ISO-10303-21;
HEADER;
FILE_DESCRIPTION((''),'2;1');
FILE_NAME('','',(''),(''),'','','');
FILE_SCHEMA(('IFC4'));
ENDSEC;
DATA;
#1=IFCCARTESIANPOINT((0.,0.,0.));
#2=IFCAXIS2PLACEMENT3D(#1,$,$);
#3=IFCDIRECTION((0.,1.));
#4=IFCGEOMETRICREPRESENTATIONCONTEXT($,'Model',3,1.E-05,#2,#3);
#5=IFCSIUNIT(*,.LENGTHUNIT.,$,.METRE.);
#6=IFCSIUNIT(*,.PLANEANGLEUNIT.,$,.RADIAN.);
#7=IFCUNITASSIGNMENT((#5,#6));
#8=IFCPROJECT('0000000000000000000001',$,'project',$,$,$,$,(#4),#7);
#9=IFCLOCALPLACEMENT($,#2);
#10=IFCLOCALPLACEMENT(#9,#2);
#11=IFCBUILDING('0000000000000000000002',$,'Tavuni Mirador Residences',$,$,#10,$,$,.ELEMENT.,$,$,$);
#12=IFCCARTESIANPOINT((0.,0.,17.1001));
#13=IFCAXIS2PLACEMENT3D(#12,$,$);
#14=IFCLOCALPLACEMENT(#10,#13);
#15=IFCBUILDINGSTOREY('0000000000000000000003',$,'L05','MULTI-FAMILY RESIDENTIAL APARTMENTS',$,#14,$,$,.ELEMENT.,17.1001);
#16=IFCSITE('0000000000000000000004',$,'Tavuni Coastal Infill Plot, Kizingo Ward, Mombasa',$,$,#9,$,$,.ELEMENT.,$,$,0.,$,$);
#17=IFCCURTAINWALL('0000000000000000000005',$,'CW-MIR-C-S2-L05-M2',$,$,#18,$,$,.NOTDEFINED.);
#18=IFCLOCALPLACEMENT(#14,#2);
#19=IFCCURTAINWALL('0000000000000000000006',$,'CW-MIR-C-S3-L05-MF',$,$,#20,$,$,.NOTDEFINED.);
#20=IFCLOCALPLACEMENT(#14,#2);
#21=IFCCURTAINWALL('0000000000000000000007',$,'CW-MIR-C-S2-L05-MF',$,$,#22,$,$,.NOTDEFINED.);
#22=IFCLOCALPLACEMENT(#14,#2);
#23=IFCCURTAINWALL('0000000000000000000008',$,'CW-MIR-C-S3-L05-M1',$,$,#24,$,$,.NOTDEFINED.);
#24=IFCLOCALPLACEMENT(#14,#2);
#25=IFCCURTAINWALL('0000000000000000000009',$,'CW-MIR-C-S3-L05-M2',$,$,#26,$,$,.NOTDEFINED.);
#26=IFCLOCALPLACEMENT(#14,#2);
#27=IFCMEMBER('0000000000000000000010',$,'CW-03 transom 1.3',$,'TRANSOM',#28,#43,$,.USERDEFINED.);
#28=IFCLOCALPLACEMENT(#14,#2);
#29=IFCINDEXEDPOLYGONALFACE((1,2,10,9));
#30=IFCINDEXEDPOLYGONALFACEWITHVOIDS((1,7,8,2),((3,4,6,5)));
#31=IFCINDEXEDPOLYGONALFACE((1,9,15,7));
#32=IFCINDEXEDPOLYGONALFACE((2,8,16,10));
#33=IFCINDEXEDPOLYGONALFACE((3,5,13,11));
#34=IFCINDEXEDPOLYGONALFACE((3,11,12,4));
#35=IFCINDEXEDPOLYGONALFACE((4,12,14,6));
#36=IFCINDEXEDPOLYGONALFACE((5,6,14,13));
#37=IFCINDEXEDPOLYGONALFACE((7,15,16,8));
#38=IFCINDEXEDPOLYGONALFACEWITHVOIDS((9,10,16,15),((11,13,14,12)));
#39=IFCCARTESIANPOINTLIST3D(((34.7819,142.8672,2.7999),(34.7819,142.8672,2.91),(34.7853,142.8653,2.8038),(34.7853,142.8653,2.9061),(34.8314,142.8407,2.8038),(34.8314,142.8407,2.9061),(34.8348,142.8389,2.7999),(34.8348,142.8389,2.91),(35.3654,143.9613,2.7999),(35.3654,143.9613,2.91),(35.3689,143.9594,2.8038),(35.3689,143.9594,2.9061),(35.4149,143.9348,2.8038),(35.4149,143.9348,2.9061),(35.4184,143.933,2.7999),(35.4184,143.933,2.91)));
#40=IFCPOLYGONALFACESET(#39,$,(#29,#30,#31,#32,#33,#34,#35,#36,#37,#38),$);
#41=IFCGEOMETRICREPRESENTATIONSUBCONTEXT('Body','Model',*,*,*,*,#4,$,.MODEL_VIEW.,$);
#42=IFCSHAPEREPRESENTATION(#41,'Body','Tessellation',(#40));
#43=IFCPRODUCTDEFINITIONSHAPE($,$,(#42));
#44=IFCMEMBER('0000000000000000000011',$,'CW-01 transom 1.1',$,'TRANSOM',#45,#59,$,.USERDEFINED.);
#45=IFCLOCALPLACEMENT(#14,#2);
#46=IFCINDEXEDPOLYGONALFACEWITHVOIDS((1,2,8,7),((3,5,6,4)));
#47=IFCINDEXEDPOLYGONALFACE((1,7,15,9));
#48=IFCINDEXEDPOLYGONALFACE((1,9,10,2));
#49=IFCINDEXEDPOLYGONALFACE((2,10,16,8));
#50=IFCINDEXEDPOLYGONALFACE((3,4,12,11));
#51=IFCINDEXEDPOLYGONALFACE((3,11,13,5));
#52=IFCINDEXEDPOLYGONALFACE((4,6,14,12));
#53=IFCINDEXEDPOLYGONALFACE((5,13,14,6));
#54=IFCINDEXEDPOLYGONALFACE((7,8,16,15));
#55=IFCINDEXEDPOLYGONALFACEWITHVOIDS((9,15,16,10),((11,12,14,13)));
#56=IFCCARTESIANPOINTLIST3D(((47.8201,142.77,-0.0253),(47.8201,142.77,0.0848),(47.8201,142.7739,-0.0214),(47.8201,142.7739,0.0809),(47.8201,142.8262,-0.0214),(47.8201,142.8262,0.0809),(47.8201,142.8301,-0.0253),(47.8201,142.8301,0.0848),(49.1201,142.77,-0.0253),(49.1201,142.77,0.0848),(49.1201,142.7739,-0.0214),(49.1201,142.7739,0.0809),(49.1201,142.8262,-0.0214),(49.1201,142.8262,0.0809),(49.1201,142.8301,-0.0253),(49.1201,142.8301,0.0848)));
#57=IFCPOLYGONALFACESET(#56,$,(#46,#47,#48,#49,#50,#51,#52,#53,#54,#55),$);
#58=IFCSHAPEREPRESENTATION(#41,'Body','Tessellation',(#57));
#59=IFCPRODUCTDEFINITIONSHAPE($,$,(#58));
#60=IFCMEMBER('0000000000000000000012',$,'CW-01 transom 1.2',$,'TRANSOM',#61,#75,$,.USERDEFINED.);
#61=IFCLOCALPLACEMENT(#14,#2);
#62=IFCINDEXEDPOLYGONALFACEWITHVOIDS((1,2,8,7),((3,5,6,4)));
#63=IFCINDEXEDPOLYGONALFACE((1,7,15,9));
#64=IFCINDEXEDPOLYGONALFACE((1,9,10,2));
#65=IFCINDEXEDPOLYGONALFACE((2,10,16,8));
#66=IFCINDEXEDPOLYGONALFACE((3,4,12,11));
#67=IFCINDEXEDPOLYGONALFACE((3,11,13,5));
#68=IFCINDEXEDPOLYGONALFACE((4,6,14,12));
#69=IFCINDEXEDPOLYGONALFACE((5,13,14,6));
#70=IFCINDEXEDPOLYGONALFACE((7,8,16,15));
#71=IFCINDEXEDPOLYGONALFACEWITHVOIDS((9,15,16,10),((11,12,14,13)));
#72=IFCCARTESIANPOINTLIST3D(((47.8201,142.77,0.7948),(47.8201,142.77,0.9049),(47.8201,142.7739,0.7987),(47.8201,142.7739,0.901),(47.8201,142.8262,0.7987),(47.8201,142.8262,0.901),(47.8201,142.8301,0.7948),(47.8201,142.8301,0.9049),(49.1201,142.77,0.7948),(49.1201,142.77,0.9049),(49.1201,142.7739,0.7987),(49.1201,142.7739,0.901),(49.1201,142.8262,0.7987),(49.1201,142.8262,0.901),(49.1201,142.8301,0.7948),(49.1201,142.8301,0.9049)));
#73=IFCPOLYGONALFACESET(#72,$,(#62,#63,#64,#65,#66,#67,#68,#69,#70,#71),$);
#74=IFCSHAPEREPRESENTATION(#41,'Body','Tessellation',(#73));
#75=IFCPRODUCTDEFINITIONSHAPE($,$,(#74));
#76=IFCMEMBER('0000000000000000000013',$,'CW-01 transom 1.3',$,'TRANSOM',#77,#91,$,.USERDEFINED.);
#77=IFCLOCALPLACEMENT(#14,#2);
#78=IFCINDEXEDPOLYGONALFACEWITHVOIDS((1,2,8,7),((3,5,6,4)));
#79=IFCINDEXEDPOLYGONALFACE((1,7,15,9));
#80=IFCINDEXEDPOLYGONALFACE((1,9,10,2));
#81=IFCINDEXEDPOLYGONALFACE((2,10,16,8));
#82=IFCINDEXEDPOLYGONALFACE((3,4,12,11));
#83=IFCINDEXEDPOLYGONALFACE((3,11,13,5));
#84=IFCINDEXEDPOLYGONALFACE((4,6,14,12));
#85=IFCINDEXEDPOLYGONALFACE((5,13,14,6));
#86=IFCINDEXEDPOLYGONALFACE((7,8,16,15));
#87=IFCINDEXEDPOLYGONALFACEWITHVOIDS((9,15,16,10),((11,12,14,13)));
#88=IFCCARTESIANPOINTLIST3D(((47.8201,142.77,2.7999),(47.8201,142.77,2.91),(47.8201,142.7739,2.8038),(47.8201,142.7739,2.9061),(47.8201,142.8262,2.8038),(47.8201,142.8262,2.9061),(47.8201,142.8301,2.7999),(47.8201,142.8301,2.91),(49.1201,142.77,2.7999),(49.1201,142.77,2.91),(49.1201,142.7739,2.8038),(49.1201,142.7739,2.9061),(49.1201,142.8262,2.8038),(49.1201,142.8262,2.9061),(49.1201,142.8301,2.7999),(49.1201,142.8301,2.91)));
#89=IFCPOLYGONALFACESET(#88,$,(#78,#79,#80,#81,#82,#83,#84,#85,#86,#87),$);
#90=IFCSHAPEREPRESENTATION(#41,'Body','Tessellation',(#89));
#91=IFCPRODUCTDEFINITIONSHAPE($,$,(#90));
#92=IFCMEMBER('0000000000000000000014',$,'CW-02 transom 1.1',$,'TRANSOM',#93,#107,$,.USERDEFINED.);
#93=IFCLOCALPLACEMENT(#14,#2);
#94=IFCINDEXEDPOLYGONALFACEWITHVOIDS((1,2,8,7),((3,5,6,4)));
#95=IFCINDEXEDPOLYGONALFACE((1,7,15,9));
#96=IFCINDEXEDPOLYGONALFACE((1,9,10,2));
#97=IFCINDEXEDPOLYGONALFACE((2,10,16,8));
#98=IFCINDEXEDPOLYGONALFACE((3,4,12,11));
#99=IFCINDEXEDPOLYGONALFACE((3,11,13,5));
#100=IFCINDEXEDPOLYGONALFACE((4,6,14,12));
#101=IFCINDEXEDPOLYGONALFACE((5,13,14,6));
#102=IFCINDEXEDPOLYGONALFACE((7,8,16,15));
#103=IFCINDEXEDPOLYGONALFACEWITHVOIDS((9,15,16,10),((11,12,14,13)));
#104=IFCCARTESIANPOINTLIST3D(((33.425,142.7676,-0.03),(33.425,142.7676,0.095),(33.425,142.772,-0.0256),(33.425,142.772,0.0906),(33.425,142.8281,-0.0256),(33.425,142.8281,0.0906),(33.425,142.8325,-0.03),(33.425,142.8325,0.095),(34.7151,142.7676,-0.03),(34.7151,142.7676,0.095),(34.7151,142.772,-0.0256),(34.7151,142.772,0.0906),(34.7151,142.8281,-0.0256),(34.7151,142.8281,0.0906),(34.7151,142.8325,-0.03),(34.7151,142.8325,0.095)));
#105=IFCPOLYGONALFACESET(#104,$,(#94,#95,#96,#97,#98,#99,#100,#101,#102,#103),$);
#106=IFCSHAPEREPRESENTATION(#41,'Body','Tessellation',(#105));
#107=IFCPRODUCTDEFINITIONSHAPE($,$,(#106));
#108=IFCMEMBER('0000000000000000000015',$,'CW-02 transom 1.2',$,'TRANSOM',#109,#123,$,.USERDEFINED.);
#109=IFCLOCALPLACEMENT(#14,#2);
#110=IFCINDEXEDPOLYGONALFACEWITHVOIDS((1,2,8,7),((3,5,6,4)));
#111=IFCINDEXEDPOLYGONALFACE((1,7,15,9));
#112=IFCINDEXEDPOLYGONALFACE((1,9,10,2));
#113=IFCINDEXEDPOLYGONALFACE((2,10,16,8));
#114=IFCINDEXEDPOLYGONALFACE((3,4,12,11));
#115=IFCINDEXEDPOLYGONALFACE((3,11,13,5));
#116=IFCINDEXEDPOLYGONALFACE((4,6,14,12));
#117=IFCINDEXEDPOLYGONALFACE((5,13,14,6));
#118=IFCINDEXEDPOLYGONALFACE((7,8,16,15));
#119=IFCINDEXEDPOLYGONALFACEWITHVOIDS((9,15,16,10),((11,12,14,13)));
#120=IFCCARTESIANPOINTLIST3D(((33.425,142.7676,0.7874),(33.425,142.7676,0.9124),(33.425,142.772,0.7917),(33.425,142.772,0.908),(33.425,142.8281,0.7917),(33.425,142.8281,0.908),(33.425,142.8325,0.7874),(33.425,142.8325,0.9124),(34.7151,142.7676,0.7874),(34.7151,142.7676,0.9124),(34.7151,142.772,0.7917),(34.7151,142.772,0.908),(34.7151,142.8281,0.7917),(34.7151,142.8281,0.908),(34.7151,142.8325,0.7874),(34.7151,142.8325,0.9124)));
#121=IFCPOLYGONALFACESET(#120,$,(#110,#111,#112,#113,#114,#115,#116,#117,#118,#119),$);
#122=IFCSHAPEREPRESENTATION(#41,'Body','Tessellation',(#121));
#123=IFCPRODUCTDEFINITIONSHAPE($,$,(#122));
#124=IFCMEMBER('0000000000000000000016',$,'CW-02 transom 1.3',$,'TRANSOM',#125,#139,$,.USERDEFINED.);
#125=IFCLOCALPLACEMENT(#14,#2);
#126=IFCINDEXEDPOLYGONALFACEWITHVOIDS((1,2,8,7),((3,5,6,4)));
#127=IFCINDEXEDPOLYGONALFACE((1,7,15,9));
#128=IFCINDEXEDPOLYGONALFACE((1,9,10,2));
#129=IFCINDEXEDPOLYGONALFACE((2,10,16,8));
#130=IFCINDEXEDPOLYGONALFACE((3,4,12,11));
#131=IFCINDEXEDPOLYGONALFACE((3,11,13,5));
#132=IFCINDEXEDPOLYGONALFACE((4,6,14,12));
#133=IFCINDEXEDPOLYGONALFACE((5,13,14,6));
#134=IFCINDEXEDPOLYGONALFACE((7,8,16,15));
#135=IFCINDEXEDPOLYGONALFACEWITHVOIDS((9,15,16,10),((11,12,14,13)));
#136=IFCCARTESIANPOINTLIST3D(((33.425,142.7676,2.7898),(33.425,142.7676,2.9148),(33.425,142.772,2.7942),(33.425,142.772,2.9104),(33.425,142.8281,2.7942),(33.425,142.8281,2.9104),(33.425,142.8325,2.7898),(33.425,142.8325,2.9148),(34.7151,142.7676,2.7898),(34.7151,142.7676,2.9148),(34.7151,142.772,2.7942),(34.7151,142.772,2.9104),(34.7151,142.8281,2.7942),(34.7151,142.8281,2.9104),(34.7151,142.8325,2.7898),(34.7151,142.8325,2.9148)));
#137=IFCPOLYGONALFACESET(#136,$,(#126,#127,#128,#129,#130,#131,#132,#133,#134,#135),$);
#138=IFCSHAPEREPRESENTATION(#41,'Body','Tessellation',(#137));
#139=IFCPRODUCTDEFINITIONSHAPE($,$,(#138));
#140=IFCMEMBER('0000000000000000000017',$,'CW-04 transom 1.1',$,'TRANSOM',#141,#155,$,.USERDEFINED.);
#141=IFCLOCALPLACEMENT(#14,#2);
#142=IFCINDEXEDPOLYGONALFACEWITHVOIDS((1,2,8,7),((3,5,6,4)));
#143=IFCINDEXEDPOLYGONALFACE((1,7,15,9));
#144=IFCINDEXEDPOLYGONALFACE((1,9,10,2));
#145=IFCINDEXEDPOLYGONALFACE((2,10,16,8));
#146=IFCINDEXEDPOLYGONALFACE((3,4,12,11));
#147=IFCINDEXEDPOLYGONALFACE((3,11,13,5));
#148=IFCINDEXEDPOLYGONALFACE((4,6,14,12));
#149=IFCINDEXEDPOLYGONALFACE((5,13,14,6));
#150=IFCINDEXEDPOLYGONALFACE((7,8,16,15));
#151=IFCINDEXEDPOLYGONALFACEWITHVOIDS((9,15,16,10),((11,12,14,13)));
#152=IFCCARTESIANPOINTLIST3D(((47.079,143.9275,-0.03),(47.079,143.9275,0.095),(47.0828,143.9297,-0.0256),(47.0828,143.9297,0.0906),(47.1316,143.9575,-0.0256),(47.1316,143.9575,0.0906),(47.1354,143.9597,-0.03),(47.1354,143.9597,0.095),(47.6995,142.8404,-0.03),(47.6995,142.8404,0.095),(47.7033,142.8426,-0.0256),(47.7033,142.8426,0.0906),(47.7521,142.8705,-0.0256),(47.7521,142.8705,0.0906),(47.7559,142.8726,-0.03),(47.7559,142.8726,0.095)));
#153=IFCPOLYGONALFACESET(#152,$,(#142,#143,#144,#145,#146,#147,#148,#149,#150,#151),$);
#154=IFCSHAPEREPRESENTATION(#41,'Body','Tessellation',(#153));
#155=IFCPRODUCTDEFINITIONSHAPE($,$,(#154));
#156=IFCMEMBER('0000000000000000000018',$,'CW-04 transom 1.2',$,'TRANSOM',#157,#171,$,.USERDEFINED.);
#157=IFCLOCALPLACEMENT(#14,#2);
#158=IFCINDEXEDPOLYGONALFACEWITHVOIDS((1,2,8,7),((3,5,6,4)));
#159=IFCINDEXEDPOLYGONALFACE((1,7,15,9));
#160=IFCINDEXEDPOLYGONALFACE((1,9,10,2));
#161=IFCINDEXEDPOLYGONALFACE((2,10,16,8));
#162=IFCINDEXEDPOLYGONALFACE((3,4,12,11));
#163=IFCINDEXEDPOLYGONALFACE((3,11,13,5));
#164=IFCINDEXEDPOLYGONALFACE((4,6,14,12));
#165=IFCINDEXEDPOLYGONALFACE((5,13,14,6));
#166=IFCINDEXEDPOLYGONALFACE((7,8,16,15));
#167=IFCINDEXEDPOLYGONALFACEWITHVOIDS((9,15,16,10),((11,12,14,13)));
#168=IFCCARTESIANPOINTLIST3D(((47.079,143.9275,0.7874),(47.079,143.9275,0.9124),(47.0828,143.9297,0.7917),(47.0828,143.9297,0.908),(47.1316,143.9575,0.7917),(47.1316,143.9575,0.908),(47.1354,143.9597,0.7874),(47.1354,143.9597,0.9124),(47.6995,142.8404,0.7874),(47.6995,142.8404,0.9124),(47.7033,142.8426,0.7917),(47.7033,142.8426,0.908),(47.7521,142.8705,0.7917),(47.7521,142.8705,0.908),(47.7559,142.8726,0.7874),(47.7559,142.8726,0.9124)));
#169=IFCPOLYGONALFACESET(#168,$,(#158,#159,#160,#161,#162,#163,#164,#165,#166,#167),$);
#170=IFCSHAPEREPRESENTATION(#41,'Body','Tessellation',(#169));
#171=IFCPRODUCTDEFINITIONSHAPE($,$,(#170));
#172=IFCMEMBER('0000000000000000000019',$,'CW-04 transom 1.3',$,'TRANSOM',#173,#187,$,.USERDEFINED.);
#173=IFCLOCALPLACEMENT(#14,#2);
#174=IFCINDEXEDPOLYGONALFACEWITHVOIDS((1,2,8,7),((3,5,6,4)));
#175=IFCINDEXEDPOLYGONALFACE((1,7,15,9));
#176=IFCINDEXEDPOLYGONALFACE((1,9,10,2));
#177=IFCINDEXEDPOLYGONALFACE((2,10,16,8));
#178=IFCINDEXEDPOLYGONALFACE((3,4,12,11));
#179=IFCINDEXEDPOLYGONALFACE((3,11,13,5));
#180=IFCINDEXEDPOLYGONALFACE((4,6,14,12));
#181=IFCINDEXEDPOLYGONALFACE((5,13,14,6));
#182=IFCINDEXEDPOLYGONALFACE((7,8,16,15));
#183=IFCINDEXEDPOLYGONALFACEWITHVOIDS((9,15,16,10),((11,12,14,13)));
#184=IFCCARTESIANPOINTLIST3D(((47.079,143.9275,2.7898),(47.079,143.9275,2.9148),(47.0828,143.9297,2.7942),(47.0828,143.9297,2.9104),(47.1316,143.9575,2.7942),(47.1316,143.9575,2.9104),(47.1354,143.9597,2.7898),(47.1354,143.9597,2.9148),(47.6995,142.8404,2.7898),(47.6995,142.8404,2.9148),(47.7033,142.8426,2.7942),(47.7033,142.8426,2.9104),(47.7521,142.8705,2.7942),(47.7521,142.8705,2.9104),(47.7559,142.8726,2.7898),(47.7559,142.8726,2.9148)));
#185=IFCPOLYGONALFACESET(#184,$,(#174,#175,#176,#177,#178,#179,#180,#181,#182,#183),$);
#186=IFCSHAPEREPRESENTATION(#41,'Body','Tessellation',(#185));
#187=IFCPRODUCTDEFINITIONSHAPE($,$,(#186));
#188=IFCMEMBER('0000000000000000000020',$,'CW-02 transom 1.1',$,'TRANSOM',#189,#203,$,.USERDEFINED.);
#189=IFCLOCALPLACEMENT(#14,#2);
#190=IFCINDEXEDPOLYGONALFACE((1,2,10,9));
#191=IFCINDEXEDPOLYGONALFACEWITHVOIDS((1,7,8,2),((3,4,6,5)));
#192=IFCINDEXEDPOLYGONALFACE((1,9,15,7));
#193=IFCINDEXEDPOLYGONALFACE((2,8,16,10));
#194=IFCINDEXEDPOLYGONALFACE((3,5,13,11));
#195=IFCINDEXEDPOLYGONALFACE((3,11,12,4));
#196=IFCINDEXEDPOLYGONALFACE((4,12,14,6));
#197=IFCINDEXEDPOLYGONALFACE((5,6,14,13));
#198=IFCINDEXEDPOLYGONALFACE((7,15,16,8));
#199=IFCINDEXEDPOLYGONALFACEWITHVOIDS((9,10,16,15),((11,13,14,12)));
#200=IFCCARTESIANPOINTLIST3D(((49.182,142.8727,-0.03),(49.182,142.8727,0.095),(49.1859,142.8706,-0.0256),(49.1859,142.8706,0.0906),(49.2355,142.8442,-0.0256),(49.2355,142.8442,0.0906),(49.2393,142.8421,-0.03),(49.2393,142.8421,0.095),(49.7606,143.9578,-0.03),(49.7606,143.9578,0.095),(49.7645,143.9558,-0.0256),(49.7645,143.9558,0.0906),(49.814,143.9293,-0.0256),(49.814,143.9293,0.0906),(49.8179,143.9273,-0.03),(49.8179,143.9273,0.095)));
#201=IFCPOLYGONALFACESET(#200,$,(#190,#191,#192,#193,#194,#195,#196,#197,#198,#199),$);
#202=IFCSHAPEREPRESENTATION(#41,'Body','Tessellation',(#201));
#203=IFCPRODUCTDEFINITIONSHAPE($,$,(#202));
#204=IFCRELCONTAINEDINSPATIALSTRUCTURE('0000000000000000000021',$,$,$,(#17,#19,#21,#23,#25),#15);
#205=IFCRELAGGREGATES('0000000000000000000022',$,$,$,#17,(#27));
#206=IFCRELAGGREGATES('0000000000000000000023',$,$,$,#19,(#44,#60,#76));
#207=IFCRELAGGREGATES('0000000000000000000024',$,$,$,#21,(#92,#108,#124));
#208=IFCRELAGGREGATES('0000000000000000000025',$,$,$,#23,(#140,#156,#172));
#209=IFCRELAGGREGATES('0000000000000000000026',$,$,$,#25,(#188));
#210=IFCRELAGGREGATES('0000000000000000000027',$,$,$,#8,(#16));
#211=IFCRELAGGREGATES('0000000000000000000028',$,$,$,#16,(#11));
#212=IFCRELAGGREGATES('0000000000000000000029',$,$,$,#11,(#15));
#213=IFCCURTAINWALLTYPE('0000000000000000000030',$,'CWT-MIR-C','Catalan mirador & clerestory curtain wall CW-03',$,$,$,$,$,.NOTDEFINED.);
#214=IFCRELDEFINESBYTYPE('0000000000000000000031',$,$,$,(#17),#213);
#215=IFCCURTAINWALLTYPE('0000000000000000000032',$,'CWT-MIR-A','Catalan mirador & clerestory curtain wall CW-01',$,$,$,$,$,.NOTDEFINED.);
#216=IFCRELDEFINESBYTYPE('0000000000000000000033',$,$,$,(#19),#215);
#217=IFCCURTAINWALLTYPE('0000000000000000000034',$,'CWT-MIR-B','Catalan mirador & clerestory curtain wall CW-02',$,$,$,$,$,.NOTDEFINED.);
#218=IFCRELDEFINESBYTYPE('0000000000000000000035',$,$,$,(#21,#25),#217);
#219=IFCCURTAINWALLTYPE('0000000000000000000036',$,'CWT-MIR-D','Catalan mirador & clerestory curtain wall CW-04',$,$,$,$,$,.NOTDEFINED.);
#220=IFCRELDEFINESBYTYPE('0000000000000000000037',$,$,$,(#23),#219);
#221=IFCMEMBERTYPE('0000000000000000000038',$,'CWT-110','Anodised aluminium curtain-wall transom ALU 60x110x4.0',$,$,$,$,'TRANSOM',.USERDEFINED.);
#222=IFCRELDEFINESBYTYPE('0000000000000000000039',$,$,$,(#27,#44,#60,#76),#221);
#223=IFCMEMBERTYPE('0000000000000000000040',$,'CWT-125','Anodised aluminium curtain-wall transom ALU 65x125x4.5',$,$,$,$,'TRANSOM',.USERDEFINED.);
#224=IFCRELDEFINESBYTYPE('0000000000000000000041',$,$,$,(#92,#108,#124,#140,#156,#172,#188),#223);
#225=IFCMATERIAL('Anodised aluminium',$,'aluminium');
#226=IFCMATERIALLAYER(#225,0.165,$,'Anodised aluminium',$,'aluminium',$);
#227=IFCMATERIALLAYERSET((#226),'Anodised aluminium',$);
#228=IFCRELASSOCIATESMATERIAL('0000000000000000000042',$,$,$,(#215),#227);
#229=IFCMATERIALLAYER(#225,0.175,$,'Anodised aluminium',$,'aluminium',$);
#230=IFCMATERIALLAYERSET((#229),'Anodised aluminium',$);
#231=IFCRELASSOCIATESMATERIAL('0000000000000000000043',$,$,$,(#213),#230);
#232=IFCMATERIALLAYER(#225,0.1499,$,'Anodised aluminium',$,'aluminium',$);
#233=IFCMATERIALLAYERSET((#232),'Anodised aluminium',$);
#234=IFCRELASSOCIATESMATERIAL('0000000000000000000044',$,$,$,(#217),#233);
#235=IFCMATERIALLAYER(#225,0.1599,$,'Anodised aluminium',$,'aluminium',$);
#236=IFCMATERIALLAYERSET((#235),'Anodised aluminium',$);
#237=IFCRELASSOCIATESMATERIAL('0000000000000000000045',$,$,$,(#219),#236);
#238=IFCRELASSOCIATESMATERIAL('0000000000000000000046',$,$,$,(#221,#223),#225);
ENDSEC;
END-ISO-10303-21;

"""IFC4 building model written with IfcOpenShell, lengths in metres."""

from ifc_helpers import new_model, si_unit, direction, frame, origin, origin_2d, place, context, subcontext, project, spatial, hollow_rectangle, extrude, material, layer, layer_set, material_profile, profile_set, type_object, element, aggregate, save


model = new_model("IFC4")

# Units and contexts
model_context = context("Model", 3, precision=1e-05, world=origin(), true_north=direction((0.0, 1.0)))
body_context = subcontext(model_context, "Body", "Model", "MODEL_VIEW")
ifc_project = project(units=[si_unit("LENGTHUNIT", "METRE"), si_unit("PLANEANGLEUNIT", "RADIAN")], contexts=[model_context])

# Site, building, storey
site_placement = place(None, origin())
site = spatial("IfcSite", under=ifc_project, at=site_placement, Name="Tavuni Coastal Infill Plot, Kizingo Ward, Mombasa", CompositionType="ELEMENT", RefElevation=0.0)
building_placement = place(site_placement, origin())
building = spatial("IfcBuilding", under=site, at=building_placement, Name="Tavuni Mirador Residences", CompositionType="ELEMENT")
storey_placement = place(building_placement, frame((0.0, 0.0, 17.1001)))
storey = spatial("IfcBuildingStorey", under=building, at=storey_placement, Name="L05", Description="MULTI-FAMILY RESIDENTIAL APARTMENTS", CompositionType="ELEMENT", Elevation=17.1001)

# Curtain wall
ifc_material_1 = material(Name="Anodised aluminium", Category="aluminium")
ifc_layer_1 = layer(ifc_material_1, 0.165, Name="Anodised aluminium", Category="aluminium")
ifc_layer_set_1 = layer_set([ifc_layer_1], Name="Anodised aluminium")
curtain_wall_type_1 = type_object("IfcCurtainWallType", Name="CWT-MIR-A", Description="Catalan mirador & clerestory curtain wall CW-01", PredefinedType="NOTDEFINED", material=ifc_layer_set_1)
ifc_layer_2 = layer(ifc_material_1, 0.175, Name="Anodised aluminium", Category="aluminium")
ifc_layer_set_2 = layer_set([ifc_layer_2], Name="Anodised aluminium")
curtain_wall_type_2 = type_object("IfcCurtainWallType", Name="CWT-MIR-C", Description="Catalan mirador & clerestory curtain wall CW-03", PredefinedType="NOTDEFINED", material=ifc_layer_set_2)
curtain_wall_1_placement = place(storey_placement, origin())
curtain_wall_1 = element("IfcCurtainWall", 1, at=curtain_wall_1_placement, inside=storey, type_object=curtain_wall_type_2, Name="CW-MIR-C-S2-L05-M2", PredefinedType="NOTDEFINED")

# Curtain walls
curtain_wall_2_placement = place(storey_placement, origin())
curtain_wall_2 = element("IfcCurtainWall", 2, at=curtain_wall_2_placement, inside=storey, type_object=curtain_wall_type_1, Name="CW-MIR-C-S3-L05-MF", PredefinedType="NOTDEFINED")
ifc_layer_3 = layer(ifc_material_1, 0.1499, Name="Anodised aluminium", Category="aluminium")
ifc_layer_set_3 = layer_set([ifc_layer_3], Name="Anodised aluminium")
curtain_wall_type_3 = type_object("IfcCurtainWallType", Name="CWT-MIR-B", Description="Catalan mirador & clerestory curtain wall CW-02", PredefinedType="NOTDEFINED", material=ifc_layer_set_3)
curtain_wall_3_placement = place(storey_placement, origin())
curtain_wall_3 = element("IfcCurtainWall", 3, at=curtain_wall_3_placement, inside=storey, type_object=curtain_wall_type_3, Name="CW-MIR-C-S2-L05-MF", PredefinedType="NOTDEFINED")

# Curtain wall
ifc_layer_4 = layer(ifc_material_1, 0.1599, Name="Anodised aluminium", Category="aluminium")
ifc_layer_set_4 = layer_set([ifc_layer_4], Name="Anodised aluminium")
curtain_wall_type_4 = type_object("IfcCurtainWallType", Name="CWT-MIR-D", Description="Catalan mirador & clerestory curtain wall CW-04", PredefinedType="NOTDEFINED", material=ifc_layer_set_4)
curtain_wall_4_placement = place(storey_placement, origin())
curtain_wall_4 = element("IfcCurtainWall", 4, at=curtain_wall_4_placement, inside=storey, type_object=curtain_wall_type_4, Name="CW-MIR-C-S3-L05-M1", PredefinedType="NOTDEFINED")

# Curtain wall
curtain_wall_5_placement = place(storey_placement, origin())
curtain_wall_5 = element("IfcCurtainWall", 5, at=curtain_wall_5_placement, inside=storey, type_object=curtain_wall_type_3, Name="CW-MIR-C-S3-L05-M2", PredefinedType="NOTDEFINED")

# Members
ifc_material_profile_1 = material_profile(ifc_material_1, hollow_rectangle(XDim=0.0601, YDim=0.1101, WallThickness=0.0039, at=origin_2d()), Name="ALU 60x110x4.0", Category="aluminium")
ifc_profile_set_1 = profile_set([ifc_material_profile_1], Name="Anodised aluminium")
member_type_1 = type_object("IfcMemberType", Name="CWT-110", Description="Anodised aluminium curtain-wall transom ALU 60x110x4.0", ElementType="TRANSOM", PredefinedType="USERDEFINED", material=ifc_profile_set_1)
member_1_placement = place(storey_placement, frame((34.8083, 142.853, 2.855), z_axis=(0.470609, 0.882342, 0.0), x_axis=(-0.882342, 0.470609, 0.0)))
member_1 = element("IfcMember", 6, at=member_1_placement, type_object=member_type_1, Name="CW-03 transom 1.3", ObjectType="TRANSOM", PredefinedType="USERDEFINED", context=body_context, shape_type="SweptSolid", body=[
    extrude(hollow_rectangle(XDim=0.0601, YDim=0.1101, WallThickness=0.0039, at=origin_2d()), origin(), (0.0, 0.0, 1.0), 1.24),
])
member_2_placement = place(storey_placement, frame((47.8201, 142.8, 0.0298), z_axis=(1.0, 0.0, 0.0), x_axis=(0.0, 1.0, 0.0)))
member_2 = element("IfcMember", 7, at=member_2_placement, type_object=member_type_1, Name="CW-01 transom 1.1", ObjectType="TRANSOM", PredefinedType="USERDEFINED", context=body_context, shape_type="SweptSolid", body=[
    extrude(hollow_rectangle(XDim=0.0601, YDim=0.1101, WallThickness=0.0039, at=origin_2d()), origin(), (0.0, 0.0, 1.0), 1.3),
])
member_3_placement = place(storey_placement, frame((47.8201, 142.8, 0.8499), z_axis=(1.0, 0.0, 0.0), x_axis=(0.0, 1.0, 0.0)))
member_3 = element("IfcMember", 8, at=member_3_placement, type_object=member_type_1, Name="CW-01 transom 1.2", ObjectType="TRANSOM", PredefinedType="USERDEFINED", context=body_context, shape_type="SweptSolid", body=[
    extrude(hollow_rectangle(XDim=0.0601, YDim=0.1101, WallThickness=0.0039, at=origin_2d()), origin(), (0.0, 0.0, 1.0), 1.3),
])
member_4_placement = place(storey_placement, frame((47.8201, 142.8, 2.855), z_axis=(1.0, 0.0, 0.0), x_axis=(0.0, 1.0, 0.0)))
member_4 = element("IfcMember", 9, at=member_4_placement, type_object=member_type_1, Name="CW-01 transom 1.3", ObjectType="TRANSOM", PredefinedType="USERDEFINED", context=body_context, shape_type="SweptSolid", body=[
    extrude(hollow_rectangle(XDim=0.0601, YDim=0.1101, WallThickness=0.0039, at=origin_2d()), origin(), (0.0, 0.0, 1.0), 1.3),
])
ifc_material_profile_2 = material_profile(ifc_material_1, hollow_rectangle(XDim=0.0649, YDim=0.125, WallThickness=0.0044, at=origin_2d()), Name="ALU 65x125x4.5", Category="aluminium")
ifc_profile_set_2 = profile_set([ifc_material_profile_2], Name="Anodised aluminium")
member_type_2 = type_object("IfcMemberType", Name="CWT-125", Description="Anodised aluminium curtain-wall transom ALU 65x125x4.5", ElementType="TRANSOM", PredefinedType="USERDEFINED", material=ifc_profile_set_2)
member_5_placement = place(storey_placement, frame((33.425, 142.8, 0.0325), z_axis=(1.0, 0.0, 0.0), x_axis=(0.0, 1.0, 0.0)))
member_5 = element("IfcMember", 10, at=member_5_placement, type_object=member_type_2, Name="CW-02 transom 1.1", ObjectType="TRANSOM", PredefinedType="USERDEFINED", context=body_context, shape_type="SweptSolid", body=[
    extrude(hollow_rectangle(XDim=0.0649, YDim=0.125, WallThickness=0.0044, at=origin_2d()), origin(), (0.0, 0.0, 1.0), 1.29),
])
member_6_placement = place(storey_placement, frame((33.425, 142.8, 0.8499), z_axis=(1.0, 0.0, 0.0), x_axis=(0.0, 1.0, 0.0)))
member_6 = element("IfcMember", 11, at=member_6_placement, type_object=member_type_2, Name="CW-02 transom 1.2", ObjectType="TRANSOM", PredefinedType="USERDEFINED", context=body_context, shape_type="SweptSolid", body=[
    extrude(hollow_rectangle(XDim=0.0649, YDim=0.125, WallThickness=0.0044, at=origin_2d()), origin(), (0.0, 0.0, 1.0), 1.29),
])
member_7_placement = place(storey_placement, frame((33.425, 142.8, 2.8523), z_axis=(1.0, 0.0, 0.0), x_axis=(0.0, 1.0, 0.0)))
member_7 = element("IfcMember", 12, at=member_7_placement, type_object=member_type_2, Name="CW-02 transom 1.3", ObjectType="TRANSOM", PredefinedType="USERDEFINED", context=body_context, shape_type="SweptSolid", body=[
    extrude(hollow_rectangle(XDim=0.0649, YDim=0.125, WallThickness=0.0044, at=origin_2d()), origin(), (0.0, 0.0, 1.0), 1.29),
])
member_8_placement = place(storey_placement, frame((47.1072, 143.9436, 0.0325), z_axis=(0.495761, -0.868459, 0.0), x_axis=(0.868459, 0.495761, 0.0)))
member_8 = element("IfcMember", 13, at=member_8_placement, type_object=member_type_2, Name="CW-04 transom 1.1", ObjectType="TRANSOM", PredefinedType="USERDEFINED", context=body_context, shape_type="SweptSolid", body=[
    extrude(hollow_rectangle(XDim=0.0649, YDim=0.125, WallThickness=0.0044, at=origin_2d()), origin(), (0.0, 0.0, 1.0), 1.2517),
])
member_9_placement = place(storey_placement, frame((47.1072, 143.9436, 0.8499), z_axis=(0.495761, -0.868459, 0.0), x_axis=(0.868459, 0.495761, 0.0)))
member_9 = element("IfcMember", 14, at=member_9_placement, type_object=member_type_2, Name="CW-04 transom 1.2", ObjectType="TRANSOM", PredefinedType="USERDEFINED", context=body_context, shape_type="SweptSolid", body=[
    extrude(hollow_rectangle(XDim=0.0649, YDim=0.125, WallThickness=0.0044, at=origin_2d()), origin(), (0.0, 0.0, 1.0), 1.2517),
])
member_10_placement = place(storey_placement, frame((47.1072, 143.9436, 2.8523), z_axis=(0.495761, -0.868459, 0.0), x_axis=(0.868459, 0.495761, 0.0)))
member_10 = element("IfcMember", 15, at=member_10_placement, type_object=member_type_2, Name="CW-04 transom 1.3", ObjectType="TRANSOM", PredefinedType="USERDEFINED", context=body_context, shape_type="SweptSolid", body=[
    extrude(hollow_rectangle(XDim=0.0649, YDim=0.125, WallThickness=0.0044, at=origin_2d()), origin(), (0.0, 0.0, 1.0), 1.2517),
])
member_11_placement = place(storey_placement, frame((49.2107, 142.8574, 0.0325), z_axis=(0.470485, 0.882408, 0.0), x_axis=(-0.882408, 0.470485, 0.0)))
member_11 = element("IfcMember", 16, at=member_11_placement, type_object=member_type_2, Name="CW-02 transom 1.1", ObjectType="TRANSOM", PredefinedType="USERDEFINED", context=body_context, shape_type="SweptSolid", body=[
    extrude(hollow_rectangle(XDim=0.0649, YDim=0.125, WallThickness=0.0044, at=origin_2d()), origin(), (0.0, 0.0, 1.0), 1.2297),
])

aggregate(curtain_wall_1, [member_1])
aggregate(curtain_wall_2, [member_2, member_3, member_4])
aggregate(curtain_wall_3, [member_5, member_6, member_7])
aggregate(curtain_wall_4, [member_8, member_9, member_10])
aggregate(curtain_wall_5, [member_11])

save(model, "model.ifc")
